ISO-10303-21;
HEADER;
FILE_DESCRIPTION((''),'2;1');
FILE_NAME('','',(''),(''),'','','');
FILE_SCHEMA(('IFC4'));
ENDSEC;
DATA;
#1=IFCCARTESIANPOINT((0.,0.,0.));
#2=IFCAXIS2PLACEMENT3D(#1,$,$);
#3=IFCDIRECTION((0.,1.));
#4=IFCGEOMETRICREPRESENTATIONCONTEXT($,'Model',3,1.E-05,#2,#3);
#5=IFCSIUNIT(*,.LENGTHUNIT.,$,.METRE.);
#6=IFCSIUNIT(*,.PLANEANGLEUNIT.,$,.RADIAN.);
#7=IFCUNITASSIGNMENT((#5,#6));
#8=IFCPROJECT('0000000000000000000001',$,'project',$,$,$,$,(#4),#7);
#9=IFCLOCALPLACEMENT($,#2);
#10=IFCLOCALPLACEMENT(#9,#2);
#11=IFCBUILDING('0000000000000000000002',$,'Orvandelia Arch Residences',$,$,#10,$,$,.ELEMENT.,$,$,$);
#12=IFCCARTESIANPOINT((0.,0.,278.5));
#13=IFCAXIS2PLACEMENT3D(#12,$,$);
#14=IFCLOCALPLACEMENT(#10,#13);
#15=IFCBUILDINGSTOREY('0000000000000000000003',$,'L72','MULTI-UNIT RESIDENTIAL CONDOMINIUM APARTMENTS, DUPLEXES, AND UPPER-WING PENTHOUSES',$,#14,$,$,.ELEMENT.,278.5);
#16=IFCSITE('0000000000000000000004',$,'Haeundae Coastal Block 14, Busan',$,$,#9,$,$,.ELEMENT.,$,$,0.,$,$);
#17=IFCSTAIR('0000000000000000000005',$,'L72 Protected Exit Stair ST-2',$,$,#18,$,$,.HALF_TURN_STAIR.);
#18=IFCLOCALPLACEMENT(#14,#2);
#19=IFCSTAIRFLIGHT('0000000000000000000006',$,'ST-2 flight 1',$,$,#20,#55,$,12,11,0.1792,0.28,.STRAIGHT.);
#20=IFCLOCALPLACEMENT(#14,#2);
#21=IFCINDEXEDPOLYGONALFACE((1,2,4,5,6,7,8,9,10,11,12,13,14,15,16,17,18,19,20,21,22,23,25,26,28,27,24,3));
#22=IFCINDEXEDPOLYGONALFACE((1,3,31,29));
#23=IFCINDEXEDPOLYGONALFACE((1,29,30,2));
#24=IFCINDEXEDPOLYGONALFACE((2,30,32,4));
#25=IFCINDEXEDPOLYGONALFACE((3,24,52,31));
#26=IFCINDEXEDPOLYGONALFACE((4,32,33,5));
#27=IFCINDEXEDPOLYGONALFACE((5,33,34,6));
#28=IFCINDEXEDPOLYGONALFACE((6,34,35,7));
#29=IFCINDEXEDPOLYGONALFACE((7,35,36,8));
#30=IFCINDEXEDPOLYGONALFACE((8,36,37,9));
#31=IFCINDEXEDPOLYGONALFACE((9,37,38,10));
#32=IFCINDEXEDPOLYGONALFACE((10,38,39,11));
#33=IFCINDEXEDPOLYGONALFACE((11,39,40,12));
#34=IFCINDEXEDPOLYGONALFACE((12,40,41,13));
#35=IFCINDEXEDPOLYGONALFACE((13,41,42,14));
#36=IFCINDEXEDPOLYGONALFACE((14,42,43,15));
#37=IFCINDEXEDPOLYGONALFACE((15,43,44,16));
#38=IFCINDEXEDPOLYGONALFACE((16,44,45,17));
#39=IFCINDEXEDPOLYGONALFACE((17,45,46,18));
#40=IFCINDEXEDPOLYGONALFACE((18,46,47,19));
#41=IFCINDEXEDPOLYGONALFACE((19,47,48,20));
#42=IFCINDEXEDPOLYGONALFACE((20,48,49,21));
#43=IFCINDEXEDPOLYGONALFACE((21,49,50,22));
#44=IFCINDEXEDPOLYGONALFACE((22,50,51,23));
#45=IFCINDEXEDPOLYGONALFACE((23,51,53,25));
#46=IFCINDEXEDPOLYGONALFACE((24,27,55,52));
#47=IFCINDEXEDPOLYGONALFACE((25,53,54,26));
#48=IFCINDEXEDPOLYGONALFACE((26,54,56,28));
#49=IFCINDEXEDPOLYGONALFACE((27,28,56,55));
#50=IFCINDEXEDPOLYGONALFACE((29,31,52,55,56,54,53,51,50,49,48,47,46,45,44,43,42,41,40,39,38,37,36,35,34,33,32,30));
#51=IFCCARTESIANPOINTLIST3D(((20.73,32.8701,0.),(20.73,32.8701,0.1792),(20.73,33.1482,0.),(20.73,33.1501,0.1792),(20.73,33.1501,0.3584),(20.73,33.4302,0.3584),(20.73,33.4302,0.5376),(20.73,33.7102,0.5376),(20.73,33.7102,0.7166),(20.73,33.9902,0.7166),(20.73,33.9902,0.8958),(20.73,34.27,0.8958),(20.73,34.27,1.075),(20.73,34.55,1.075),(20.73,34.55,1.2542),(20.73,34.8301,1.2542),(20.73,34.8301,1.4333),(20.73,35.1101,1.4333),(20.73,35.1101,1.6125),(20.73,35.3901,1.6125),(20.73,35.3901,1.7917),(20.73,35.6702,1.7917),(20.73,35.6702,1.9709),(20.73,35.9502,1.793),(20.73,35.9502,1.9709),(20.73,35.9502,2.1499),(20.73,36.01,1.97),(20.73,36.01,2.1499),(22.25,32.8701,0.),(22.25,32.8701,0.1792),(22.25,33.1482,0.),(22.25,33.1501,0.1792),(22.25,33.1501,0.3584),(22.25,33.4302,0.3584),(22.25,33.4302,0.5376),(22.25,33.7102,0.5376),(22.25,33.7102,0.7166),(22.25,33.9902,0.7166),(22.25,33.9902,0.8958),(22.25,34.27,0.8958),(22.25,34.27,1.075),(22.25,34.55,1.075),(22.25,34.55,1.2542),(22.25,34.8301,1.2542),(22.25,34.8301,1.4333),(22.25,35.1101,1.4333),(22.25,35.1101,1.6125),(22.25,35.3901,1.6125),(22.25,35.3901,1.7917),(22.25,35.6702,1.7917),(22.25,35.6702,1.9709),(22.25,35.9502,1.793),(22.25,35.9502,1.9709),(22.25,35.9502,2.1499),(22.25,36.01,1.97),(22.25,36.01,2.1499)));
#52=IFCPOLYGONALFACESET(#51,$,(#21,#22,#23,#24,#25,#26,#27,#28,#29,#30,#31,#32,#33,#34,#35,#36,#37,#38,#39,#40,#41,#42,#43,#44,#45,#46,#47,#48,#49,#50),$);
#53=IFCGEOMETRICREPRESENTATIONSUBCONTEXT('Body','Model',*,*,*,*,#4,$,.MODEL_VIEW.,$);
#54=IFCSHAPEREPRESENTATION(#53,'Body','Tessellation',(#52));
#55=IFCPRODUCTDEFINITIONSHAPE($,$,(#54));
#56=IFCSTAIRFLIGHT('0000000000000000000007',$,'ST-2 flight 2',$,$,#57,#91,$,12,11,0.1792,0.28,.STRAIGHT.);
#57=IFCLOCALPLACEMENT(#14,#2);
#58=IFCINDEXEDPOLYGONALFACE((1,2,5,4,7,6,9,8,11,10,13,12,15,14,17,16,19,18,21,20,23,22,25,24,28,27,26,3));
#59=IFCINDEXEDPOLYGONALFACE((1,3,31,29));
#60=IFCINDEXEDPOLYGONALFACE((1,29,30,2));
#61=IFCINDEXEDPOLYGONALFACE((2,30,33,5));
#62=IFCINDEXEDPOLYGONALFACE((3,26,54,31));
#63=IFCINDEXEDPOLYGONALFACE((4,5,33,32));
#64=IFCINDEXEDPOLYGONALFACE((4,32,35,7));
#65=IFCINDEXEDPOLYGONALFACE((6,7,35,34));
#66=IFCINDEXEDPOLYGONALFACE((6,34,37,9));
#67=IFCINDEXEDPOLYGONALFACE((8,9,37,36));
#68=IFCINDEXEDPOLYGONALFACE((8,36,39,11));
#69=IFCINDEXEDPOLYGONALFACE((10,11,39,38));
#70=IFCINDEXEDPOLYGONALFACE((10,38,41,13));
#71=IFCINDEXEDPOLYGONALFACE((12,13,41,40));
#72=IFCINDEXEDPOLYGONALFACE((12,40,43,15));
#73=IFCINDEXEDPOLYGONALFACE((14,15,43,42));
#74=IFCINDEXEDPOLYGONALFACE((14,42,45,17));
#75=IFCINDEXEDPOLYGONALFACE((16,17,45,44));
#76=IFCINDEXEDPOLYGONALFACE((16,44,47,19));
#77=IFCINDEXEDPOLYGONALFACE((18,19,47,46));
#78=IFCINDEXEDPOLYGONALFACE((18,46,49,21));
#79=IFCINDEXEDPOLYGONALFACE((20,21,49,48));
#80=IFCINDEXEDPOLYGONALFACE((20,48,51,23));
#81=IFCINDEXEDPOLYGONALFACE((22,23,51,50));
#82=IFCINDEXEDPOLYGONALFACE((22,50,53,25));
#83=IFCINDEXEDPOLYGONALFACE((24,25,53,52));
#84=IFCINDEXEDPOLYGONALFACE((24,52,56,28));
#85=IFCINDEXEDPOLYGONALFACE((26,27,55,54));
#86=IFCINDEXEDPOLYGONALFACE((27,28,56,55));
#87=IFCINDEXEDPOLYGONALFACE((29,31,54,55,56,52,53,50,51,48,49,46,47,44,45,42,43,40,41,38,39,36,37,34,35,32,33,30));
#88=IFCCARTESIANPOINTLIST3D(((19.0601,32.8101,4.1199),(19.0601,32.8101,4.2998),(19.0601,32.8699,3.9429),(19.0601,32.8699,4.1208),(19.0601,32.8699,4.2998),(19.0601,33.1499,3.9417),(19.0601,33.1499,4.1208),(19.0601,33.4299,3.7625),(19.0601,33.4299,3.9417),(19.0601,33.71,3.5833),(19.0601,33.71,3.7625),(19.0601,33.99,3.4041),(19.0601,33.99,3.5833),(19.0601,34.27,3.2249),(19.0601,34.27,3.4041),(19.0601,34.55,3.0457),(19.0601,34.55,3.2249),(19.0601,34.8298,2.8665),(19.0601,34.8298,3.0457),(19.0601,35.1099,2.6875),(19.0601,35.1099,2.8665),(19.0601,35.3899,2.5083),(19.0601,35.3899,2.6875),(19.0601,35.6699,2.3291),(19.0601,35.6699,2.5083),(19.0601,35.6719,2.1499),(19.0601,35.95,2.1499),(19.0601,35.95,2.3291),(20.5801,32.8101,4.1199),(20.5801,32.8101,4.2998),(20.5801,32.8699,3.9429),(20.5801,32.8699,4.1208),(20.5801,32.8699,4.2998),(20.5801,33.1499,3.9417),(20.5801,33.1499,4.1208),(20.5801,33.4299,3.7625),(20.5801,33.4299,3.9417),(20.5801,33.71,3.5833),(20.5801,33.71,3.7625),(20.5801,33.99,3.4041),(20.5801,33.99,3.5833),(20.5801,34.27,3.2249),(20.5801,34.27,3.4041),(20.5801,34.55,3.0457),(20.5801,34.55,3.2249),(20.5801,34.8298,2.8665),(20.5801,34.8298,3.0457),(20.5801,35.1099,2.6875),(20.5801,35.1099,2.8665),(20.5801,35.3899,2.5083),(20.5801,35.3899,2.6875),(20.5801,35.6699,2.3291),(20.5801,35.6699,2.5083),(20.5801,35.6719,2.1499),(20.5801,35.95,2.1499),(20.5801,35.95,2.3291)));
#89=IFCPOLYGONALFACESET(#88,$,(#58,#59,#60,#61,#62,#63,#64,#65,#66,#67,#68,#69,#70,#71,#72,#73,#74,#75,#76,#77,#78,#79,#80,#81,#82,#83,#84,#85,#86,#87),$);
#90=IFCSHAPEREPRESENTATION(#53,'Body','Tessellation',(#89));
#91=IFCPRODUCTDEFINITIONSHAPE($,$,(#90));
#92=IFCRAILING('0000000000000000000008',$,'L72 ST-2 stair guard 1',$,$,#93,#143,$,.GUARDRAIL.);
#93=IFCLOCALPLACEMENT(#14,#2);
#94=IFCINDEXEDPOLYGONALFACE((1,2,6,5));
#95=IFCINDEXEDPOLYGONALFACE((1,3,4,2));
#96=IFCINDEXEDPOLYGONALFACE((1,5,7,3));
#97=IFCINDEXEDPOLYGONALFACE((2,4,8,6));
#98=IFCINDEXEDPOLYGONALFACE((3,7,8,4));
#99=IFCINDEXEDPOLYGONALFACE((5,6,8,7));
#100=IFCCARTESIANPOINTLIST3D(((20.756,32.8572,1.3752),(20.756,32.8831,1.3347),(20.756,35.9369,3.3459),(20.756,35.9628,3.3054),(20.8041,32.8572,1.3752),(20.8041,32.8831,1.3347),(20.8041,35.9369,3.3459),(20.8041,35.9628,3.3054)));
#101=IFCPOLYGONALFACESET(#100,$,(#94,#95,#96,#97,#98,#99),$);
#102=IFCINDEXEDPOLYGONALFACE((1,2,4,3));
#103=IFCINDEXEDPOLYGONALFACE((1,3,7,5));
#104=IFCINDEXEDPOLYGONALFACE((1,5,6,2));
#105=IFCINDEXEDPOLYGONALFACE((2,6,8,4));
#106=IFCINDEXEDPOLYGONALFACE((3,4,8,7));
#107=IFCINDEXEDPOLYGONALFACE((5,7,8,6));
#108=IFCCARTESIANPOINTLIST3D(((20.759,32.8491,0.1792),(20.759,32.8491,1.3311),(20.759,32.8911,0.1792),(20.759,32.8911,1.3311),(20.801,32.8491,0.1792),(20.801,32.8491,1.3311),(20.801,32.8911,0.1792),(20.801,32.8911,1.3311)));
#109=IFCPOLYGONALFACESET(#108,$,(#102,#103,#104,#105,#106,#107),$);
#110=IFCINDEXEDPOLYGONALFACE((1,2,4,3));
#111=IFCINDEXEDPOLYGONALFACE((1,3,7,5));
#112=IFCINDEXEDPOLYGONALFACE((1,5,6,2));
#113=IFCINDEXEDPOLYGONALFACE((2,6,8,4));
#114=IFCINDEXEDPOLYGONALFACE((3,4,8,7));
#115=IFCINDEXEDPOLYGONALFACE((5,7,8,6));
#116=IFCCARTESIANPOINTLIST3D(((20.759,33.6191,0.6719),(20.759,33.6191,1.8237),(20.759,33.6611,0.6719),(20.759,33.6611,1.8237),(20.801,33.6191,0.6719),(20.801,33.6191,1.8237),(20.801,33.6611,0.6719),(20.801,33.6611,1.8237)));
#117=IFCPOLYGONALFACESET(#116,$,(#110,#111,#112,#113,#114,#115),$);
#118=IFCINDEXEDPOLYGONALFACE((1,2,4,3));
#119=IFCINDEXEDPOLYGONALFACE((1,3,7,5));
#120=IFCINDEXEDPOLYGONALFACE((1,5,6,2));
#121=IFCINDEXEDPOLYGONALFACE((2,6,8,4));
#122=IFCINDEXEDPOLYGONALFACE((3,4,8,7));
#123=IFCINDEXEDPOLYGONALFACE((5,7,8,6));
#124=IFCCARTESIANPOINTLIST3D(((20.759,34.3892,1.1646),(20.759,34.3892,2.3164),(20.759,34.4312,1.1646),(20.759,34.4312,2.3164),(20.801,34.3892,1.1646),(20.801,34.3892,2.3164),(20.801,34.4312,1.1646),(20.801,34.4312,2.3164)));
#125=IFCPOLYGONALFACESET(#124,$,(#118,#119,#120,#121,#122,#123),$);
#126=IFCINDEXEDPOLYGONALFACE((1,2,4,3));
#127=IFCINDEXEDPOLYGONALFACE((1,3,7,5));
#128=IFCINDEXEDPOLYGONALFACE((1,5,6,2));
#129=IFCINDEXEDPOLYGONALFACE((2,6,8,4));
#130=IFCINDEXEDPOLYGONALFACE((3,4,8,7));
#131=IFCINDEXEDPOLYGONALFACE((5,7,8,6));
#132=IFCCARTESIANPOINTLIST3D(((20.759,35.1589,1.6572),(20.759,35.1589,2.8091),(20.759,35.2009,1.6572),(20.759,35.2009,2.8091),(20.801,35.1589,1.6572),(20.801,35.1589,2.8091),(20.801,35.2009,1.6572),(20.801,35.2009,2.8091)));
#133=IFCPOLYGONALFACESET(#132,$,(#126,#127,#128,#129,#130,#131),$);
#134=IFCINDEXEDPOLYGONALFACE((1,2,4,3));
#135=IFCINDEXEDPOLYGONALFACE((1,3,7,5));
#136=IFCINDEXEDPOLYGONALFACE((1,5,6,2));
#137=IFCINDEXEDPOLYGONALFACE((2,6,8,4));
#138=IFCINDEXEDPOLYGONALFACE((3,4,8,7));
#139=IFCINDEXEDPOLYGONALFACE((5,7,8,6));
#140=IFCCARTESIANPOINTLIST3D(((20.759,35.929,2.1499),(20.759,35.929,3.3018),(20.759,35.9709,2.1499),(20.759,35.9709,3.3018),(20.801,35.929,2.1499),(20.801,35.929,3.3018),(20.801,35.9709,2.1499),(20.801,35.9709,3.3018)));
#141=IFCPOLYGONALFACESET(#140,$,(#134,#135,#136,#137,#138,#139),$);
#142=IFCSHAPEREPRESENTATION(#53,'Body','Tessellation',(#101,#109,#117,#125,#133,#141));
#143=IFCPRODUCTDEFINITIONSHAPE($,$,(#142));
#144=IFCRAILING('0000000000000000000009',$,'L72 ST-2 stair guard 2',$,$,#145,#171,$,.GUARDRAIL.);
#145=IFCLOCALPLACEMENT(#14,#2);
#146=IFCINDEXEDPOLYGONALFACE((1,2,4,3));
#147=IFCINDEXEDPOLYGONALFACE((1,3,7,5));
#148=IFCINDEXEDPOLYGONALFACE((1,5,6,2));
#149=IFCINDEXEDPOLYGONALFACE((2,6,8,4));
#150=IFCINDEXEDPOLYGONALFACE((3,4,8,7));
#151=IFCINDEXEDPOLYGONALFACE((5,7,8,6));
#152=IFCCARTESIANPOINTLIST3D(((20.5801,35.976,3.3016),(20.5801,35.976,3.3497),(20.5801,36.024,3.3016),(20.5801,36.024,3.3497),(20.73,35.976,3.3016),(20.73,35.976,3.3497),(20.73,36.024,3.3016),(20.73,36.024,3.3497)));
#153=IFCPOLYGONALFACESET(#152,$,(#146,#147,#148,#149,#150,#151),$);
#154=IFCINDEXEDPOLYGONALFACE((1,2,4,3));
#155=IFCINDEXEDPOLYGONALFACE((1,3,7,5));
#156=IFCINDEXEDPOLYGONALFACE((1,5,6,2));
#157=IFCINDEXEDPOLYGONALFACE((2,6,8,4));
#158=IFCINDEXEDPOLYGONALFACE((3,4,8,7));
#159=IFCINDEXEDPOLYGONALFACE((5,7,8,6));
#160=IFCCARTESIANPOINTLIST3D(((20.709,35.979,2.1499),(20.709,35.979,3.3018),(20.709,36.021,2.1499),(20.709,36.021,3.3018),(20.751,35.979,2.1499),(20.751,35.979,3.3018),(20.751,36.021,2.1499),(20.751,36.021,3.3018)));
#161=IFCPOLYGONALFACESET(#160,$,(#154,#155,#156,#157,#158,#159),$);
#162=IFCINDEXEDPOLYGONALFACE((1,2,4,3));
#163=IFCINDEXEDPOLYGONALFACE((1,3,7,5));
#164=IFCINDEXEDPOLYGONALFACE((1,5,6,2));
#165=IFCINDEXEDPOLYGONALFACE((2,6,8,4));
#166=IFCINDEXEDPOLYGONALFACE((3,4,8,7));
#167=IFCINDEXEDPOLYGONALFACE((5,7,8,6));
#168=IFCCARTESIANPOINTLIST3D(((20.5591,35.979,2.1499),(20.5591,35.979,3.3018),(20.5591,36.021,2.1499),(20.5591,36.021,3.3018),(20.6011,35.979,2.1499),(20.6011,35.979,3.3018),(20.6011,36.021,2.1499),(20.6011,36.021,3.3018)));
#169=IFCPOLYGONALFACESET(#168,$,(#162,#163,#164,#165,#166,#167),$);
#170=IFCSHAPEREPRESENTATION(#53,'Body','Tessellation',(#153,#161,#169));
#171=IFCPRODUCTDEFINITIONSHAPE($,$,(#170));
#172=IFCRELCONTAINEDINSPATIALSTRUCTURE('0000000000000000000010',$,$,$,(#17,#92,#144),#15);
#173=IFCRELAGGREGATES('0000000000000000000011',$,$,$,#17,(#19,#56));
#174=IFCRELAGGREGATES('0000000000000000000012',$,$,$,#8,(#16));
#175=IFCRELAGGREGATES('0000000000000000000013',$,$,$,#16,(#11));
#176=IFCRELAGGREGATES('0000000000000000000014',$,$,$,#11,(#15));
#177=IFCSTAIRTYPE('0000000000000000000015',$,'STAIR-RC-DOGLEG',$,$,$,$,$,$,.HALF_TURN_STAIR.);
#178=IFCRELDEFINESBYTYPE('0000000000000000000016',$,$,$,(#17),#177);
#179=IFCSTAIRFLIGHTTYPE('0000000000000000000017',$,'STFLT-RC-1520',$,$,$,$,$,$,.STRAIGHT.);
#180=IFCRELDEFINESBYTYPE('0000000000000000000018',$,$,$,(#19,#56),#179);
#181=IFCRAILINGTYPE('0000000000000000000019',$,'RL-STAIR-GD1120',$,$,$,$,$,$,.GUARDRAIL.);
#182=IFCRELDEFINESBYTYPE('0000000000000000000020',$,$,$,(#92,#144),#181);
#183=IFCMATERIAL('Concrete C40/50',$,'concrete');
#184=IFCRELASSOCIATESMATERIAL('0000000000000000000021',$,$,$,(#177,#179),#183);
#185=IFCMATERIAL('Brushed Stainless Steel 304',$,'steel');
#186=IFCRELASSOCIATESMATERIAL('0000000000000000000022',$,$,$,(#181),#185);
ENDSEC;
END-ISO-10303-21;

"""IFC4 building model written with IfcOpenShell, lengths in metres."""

from ifc_helpers import new_model, si_unit, direction, frame, origin, origin_2d, place, context, subcontext, project, spatial, polyline, rectangle, outline, extrude, material, type_object, element, aggregate, save


model = new_model("IFC4")

# Units and contexts
model_context = context("Model", 3, precision=1e-05, world=origin(), true_north=direction((0.0, 1.0)))
body_context = subcontext(model_context, "Body", "Model", "MODEL_VIEW")
ifc_project = project(units=[si_unit("LENGTHUNIT", "METRE"), si_unit("PLANEANGLEUNIT", "RADIAN")], contexts=[model_context])

# Site, building, storey
site_placement = place(None, origin())
site = spatial("IfcSite", under=ifc_project, at=site_placement, Name="Haeundae Coastal Block 14, Busan", CompositionType="ELEMENT", RefElevation=0.0)
building_placement = place(site_placement, origin())
building = spatial("IfcBuilding", under=site, at=building_placement, Name="Orvandelia Arch Residences", CompositionType="ELEMENT")
storey_placement = place(building_placement, frame((0.0, 0.0, 278.5)))
storey = spatial("IfcBuildingStorey", under=building, at=storey_placement, Name="L72", Description="MULTI-UNIT RESIDENTIAL CONDOMINIUM APARTMENTS, DUPLEXES, AND UPPER-WING PENTHOUSES", CompositionType="ELEMENT", Elevation=278.5)

# Stair, stair flights
ifc_material_1 = material(Name="Concrete C40/50", Category="concrete")
stair_type = type_object("IfcStairType", Name="STAIR-RC-DOGLEG", PredefinedType="HALF_TURN_STAIR", material=ifc_material_1)
stair_placement = place(storey_placement, origin())
stair = element("IfcStair", 1, at=stair_placement, inside=storey, type_object=stair_type, Name="L72 Protected Exit Stair ST-2", PredefinedType="HALF_TURN_STAIR")
stair_flight_type = type_object("IfcStairFlightType", Name="STFLT-RC-1520", PredefinedType="STRAIGHT", material=ifc_material_1)
stair_flight_1_placement = place(storey_placement, frame((21.49, 32.8701, 0.0), z_axis=(0.0, 0.0, 1.0), x_axis=(0.0, 1.0, 0.0)))
stair_flight_1 = element("IfcStairFlight", 2, at=stair_flight_1_placement, type_object=stair_flight_type, Name="ST-2 flight 1", NumberOfRisers=12, NumberOfTreads=11, PredefinedType="STRAIGHT", RiserHeight=0.1792, TreadLength=0.28, context=body_context, shape_type="SweptSolid", body=[
    extrude(outline(polyline([(0.0, 0.0), (0.0, 0.1792), (0.28, 0.1792), (0.28, 0.3584), (0.5601, 0.3584), (0.5601, 0.5376), (0.8401, 0.5376), (0.8401, 0.7166), (1.1201, 0.7166), (1.1201, 0.8958), (1.3999, 0.8958), (1.3999, 1.075), (1.6799, 1.075), (1.6799, 1.2542), (1.96, 1.2542), (1.96, 1.4333), (2.24, 1.4333), (2.24, 1.6125), (2.52, 1.6125), (2.52, 1.7917), (2.8, 1.7917), (2.8, 1.9709), (3.0801, 1.9709), (3.0801, 2.1499), (3.1399, 2.1499), (3.1399, 1.97), (3.0801, 1.793), (0.2781, 0.0), (0.0, 0.0)])), frame((0.0, 0.76, 0.0), z_axis=(0.0, -1.0, 0.0), x_axis=(1.0, 0.0, 0.0)), (0.0, 0.0, 1.0), 1.52),
])
stair_flight_2_placement = place(storey_placement, frame((19.8201, 35.95, 2.1499), z_axis=(0.0, 0.0, 1.0), x_axis=(0.0, -1.0, 0.0)))
stair_flight_2 = element("IfcStairFlight", 3, at=stair_flight_2_placement, type_object=stair_flight_type, Name="ST-2 flight 2", NumberOfRisers=12, NumberOfTreads=11, PredefinedType="STRAIGHT", RiserHeight=0.1792, TreadLength=0.28, context=body_context, shape_type="SweptSolid", body=[
    extrude(outline(polyline([(0.0, 0.0), (0.0, 0.1792), (0.28, 0.1792), (0.28, 0.3584), (0.5601, 0.3584), (0.5601, 0.5376), (0.8401, 0.5376), (0.8401, 0.7166), (1.1201, 0.7166), (1.1201, 0.8958), (1.3999, 0.8958), (1.3999, 1.075), (1.6799, 1.075), (1.6799, 1.2542), (1.96, 1.2542), (1.96, 1.4333), (2.24, 1.4333), (2.24, 1.6125), (2.52, 1.6125), (2.52, 1.7917), (2.8, 1.7917), (2.8, 1.9709), (3.0801, 1.9709), (3.0801, 2.1499), (3.1399, 2.1499), (3.1399, 1.97), (3.0801, 1.793), (0.2781, 0.0), (0.0, 0.0)])), frame((0.0, 0.76, 0.0), z_axis=(0.0, -1.0, 0.0), x_axis=(1.0, 0.0, 0.0)), (0.0, 0.0, 1.0), 1.52),
])
aggregate(stair, [stair_flight_1, stair_flight_2])

# Railings
ifc_material_2 = material(Name="Brushed Stainless Steel 304", Category="steel")
railing_type_1 = type_object("IfcRailingType", Name="RL-STAIR-GD1120", PredefinedType="GUARDRAIL", material=ifc_material_2)
railing_1_placement = place(storey_placement, frame((20.78, 32.8701, 0.1792)))
element("IfcRailing", 4, at=railing_1_placement, inside=storey, type_object=railing_type_1, Name="L72 ST-2 stair guard 1", PredefinedType="GUARDRAIL", context=body_context, shape_type="SweptSolid", body=[
    extrude(rectangle(XDim=0.0481, YDim=0.0481, at=origin_2d()), frame((0.0, 0.0, 1.1758), z_axis=(0.0, 0.84232, 0.538978), x_axis=(-1.0, 0.0, 0.0)), (0.0, 0.0, 1.0), 3.6562),
    extrude(rectangle(XDim=0.042, YDim=0.042, at=origin_2d()), origin(), (0.0, 0.0, 1.0), 1.1519),
    extrude(rectangle(XDim=0.042, YDim=0.042, at=origin_2d()), frame((0.0, 0.77, 0.4927)), (0.0, 0.0, 1.0), 1.1519),
    extrude(rectangle(XDim=0.042, YDim=0.042, at=origin_2d()), frame((0.0, 1.54, 0.9854)), (0.0, 0.0, 1.0), 1.1519),
    extrude(rectangle(XDim=0.042, YDim=0.042, at=origin_2d()), frame((0.0, 2.3098, 1.478)), (0.0, 0.0, 1.0), 1.1519),
    extrude(rectangle(XDim=0.042, YDim=0.042, at=origin_2d()), frame((0.0, 3.0798, 1.9707)), (0.0, 0.0, 1.0), 1.1519),
])
railing_2_placement = place(storey_placement, frame((20.73, 36.0, 2.1499)))
element("IfcRailing", 5, at=railing_2_placement, inside=storey, type_object=railing_type_1, Name="L72 ST-2 stair guard 2", PredefinedType="GUARDRAIL", context=body_context, shape_type="SweptSolid", body=[
    extrude(rectangle(XDim=0.0481, YDim=0.0481, at=origin_2d()), frame((0.0, 0.0, 1.1758), z_axis=(-1.0, 0.0, 0.0), x_axis=(0.0, -1.0, 0.0)), (0.0, 0.0, 1.0), 0.1499),
    extrude(rectangle(XDim=0.042, YDim=0.042, at=origin_2d()), origin(), (0.0, 0.0, 1.0), 1.1519),
    extrude(rectangle(XDim=0.042, YDim=0.042, at=origin_2d()), frame((-0.1499, 0.0, 0.0)), (0.0, 0.0, 1.0), 1.1519),
])

save(model, "model.ifc")
